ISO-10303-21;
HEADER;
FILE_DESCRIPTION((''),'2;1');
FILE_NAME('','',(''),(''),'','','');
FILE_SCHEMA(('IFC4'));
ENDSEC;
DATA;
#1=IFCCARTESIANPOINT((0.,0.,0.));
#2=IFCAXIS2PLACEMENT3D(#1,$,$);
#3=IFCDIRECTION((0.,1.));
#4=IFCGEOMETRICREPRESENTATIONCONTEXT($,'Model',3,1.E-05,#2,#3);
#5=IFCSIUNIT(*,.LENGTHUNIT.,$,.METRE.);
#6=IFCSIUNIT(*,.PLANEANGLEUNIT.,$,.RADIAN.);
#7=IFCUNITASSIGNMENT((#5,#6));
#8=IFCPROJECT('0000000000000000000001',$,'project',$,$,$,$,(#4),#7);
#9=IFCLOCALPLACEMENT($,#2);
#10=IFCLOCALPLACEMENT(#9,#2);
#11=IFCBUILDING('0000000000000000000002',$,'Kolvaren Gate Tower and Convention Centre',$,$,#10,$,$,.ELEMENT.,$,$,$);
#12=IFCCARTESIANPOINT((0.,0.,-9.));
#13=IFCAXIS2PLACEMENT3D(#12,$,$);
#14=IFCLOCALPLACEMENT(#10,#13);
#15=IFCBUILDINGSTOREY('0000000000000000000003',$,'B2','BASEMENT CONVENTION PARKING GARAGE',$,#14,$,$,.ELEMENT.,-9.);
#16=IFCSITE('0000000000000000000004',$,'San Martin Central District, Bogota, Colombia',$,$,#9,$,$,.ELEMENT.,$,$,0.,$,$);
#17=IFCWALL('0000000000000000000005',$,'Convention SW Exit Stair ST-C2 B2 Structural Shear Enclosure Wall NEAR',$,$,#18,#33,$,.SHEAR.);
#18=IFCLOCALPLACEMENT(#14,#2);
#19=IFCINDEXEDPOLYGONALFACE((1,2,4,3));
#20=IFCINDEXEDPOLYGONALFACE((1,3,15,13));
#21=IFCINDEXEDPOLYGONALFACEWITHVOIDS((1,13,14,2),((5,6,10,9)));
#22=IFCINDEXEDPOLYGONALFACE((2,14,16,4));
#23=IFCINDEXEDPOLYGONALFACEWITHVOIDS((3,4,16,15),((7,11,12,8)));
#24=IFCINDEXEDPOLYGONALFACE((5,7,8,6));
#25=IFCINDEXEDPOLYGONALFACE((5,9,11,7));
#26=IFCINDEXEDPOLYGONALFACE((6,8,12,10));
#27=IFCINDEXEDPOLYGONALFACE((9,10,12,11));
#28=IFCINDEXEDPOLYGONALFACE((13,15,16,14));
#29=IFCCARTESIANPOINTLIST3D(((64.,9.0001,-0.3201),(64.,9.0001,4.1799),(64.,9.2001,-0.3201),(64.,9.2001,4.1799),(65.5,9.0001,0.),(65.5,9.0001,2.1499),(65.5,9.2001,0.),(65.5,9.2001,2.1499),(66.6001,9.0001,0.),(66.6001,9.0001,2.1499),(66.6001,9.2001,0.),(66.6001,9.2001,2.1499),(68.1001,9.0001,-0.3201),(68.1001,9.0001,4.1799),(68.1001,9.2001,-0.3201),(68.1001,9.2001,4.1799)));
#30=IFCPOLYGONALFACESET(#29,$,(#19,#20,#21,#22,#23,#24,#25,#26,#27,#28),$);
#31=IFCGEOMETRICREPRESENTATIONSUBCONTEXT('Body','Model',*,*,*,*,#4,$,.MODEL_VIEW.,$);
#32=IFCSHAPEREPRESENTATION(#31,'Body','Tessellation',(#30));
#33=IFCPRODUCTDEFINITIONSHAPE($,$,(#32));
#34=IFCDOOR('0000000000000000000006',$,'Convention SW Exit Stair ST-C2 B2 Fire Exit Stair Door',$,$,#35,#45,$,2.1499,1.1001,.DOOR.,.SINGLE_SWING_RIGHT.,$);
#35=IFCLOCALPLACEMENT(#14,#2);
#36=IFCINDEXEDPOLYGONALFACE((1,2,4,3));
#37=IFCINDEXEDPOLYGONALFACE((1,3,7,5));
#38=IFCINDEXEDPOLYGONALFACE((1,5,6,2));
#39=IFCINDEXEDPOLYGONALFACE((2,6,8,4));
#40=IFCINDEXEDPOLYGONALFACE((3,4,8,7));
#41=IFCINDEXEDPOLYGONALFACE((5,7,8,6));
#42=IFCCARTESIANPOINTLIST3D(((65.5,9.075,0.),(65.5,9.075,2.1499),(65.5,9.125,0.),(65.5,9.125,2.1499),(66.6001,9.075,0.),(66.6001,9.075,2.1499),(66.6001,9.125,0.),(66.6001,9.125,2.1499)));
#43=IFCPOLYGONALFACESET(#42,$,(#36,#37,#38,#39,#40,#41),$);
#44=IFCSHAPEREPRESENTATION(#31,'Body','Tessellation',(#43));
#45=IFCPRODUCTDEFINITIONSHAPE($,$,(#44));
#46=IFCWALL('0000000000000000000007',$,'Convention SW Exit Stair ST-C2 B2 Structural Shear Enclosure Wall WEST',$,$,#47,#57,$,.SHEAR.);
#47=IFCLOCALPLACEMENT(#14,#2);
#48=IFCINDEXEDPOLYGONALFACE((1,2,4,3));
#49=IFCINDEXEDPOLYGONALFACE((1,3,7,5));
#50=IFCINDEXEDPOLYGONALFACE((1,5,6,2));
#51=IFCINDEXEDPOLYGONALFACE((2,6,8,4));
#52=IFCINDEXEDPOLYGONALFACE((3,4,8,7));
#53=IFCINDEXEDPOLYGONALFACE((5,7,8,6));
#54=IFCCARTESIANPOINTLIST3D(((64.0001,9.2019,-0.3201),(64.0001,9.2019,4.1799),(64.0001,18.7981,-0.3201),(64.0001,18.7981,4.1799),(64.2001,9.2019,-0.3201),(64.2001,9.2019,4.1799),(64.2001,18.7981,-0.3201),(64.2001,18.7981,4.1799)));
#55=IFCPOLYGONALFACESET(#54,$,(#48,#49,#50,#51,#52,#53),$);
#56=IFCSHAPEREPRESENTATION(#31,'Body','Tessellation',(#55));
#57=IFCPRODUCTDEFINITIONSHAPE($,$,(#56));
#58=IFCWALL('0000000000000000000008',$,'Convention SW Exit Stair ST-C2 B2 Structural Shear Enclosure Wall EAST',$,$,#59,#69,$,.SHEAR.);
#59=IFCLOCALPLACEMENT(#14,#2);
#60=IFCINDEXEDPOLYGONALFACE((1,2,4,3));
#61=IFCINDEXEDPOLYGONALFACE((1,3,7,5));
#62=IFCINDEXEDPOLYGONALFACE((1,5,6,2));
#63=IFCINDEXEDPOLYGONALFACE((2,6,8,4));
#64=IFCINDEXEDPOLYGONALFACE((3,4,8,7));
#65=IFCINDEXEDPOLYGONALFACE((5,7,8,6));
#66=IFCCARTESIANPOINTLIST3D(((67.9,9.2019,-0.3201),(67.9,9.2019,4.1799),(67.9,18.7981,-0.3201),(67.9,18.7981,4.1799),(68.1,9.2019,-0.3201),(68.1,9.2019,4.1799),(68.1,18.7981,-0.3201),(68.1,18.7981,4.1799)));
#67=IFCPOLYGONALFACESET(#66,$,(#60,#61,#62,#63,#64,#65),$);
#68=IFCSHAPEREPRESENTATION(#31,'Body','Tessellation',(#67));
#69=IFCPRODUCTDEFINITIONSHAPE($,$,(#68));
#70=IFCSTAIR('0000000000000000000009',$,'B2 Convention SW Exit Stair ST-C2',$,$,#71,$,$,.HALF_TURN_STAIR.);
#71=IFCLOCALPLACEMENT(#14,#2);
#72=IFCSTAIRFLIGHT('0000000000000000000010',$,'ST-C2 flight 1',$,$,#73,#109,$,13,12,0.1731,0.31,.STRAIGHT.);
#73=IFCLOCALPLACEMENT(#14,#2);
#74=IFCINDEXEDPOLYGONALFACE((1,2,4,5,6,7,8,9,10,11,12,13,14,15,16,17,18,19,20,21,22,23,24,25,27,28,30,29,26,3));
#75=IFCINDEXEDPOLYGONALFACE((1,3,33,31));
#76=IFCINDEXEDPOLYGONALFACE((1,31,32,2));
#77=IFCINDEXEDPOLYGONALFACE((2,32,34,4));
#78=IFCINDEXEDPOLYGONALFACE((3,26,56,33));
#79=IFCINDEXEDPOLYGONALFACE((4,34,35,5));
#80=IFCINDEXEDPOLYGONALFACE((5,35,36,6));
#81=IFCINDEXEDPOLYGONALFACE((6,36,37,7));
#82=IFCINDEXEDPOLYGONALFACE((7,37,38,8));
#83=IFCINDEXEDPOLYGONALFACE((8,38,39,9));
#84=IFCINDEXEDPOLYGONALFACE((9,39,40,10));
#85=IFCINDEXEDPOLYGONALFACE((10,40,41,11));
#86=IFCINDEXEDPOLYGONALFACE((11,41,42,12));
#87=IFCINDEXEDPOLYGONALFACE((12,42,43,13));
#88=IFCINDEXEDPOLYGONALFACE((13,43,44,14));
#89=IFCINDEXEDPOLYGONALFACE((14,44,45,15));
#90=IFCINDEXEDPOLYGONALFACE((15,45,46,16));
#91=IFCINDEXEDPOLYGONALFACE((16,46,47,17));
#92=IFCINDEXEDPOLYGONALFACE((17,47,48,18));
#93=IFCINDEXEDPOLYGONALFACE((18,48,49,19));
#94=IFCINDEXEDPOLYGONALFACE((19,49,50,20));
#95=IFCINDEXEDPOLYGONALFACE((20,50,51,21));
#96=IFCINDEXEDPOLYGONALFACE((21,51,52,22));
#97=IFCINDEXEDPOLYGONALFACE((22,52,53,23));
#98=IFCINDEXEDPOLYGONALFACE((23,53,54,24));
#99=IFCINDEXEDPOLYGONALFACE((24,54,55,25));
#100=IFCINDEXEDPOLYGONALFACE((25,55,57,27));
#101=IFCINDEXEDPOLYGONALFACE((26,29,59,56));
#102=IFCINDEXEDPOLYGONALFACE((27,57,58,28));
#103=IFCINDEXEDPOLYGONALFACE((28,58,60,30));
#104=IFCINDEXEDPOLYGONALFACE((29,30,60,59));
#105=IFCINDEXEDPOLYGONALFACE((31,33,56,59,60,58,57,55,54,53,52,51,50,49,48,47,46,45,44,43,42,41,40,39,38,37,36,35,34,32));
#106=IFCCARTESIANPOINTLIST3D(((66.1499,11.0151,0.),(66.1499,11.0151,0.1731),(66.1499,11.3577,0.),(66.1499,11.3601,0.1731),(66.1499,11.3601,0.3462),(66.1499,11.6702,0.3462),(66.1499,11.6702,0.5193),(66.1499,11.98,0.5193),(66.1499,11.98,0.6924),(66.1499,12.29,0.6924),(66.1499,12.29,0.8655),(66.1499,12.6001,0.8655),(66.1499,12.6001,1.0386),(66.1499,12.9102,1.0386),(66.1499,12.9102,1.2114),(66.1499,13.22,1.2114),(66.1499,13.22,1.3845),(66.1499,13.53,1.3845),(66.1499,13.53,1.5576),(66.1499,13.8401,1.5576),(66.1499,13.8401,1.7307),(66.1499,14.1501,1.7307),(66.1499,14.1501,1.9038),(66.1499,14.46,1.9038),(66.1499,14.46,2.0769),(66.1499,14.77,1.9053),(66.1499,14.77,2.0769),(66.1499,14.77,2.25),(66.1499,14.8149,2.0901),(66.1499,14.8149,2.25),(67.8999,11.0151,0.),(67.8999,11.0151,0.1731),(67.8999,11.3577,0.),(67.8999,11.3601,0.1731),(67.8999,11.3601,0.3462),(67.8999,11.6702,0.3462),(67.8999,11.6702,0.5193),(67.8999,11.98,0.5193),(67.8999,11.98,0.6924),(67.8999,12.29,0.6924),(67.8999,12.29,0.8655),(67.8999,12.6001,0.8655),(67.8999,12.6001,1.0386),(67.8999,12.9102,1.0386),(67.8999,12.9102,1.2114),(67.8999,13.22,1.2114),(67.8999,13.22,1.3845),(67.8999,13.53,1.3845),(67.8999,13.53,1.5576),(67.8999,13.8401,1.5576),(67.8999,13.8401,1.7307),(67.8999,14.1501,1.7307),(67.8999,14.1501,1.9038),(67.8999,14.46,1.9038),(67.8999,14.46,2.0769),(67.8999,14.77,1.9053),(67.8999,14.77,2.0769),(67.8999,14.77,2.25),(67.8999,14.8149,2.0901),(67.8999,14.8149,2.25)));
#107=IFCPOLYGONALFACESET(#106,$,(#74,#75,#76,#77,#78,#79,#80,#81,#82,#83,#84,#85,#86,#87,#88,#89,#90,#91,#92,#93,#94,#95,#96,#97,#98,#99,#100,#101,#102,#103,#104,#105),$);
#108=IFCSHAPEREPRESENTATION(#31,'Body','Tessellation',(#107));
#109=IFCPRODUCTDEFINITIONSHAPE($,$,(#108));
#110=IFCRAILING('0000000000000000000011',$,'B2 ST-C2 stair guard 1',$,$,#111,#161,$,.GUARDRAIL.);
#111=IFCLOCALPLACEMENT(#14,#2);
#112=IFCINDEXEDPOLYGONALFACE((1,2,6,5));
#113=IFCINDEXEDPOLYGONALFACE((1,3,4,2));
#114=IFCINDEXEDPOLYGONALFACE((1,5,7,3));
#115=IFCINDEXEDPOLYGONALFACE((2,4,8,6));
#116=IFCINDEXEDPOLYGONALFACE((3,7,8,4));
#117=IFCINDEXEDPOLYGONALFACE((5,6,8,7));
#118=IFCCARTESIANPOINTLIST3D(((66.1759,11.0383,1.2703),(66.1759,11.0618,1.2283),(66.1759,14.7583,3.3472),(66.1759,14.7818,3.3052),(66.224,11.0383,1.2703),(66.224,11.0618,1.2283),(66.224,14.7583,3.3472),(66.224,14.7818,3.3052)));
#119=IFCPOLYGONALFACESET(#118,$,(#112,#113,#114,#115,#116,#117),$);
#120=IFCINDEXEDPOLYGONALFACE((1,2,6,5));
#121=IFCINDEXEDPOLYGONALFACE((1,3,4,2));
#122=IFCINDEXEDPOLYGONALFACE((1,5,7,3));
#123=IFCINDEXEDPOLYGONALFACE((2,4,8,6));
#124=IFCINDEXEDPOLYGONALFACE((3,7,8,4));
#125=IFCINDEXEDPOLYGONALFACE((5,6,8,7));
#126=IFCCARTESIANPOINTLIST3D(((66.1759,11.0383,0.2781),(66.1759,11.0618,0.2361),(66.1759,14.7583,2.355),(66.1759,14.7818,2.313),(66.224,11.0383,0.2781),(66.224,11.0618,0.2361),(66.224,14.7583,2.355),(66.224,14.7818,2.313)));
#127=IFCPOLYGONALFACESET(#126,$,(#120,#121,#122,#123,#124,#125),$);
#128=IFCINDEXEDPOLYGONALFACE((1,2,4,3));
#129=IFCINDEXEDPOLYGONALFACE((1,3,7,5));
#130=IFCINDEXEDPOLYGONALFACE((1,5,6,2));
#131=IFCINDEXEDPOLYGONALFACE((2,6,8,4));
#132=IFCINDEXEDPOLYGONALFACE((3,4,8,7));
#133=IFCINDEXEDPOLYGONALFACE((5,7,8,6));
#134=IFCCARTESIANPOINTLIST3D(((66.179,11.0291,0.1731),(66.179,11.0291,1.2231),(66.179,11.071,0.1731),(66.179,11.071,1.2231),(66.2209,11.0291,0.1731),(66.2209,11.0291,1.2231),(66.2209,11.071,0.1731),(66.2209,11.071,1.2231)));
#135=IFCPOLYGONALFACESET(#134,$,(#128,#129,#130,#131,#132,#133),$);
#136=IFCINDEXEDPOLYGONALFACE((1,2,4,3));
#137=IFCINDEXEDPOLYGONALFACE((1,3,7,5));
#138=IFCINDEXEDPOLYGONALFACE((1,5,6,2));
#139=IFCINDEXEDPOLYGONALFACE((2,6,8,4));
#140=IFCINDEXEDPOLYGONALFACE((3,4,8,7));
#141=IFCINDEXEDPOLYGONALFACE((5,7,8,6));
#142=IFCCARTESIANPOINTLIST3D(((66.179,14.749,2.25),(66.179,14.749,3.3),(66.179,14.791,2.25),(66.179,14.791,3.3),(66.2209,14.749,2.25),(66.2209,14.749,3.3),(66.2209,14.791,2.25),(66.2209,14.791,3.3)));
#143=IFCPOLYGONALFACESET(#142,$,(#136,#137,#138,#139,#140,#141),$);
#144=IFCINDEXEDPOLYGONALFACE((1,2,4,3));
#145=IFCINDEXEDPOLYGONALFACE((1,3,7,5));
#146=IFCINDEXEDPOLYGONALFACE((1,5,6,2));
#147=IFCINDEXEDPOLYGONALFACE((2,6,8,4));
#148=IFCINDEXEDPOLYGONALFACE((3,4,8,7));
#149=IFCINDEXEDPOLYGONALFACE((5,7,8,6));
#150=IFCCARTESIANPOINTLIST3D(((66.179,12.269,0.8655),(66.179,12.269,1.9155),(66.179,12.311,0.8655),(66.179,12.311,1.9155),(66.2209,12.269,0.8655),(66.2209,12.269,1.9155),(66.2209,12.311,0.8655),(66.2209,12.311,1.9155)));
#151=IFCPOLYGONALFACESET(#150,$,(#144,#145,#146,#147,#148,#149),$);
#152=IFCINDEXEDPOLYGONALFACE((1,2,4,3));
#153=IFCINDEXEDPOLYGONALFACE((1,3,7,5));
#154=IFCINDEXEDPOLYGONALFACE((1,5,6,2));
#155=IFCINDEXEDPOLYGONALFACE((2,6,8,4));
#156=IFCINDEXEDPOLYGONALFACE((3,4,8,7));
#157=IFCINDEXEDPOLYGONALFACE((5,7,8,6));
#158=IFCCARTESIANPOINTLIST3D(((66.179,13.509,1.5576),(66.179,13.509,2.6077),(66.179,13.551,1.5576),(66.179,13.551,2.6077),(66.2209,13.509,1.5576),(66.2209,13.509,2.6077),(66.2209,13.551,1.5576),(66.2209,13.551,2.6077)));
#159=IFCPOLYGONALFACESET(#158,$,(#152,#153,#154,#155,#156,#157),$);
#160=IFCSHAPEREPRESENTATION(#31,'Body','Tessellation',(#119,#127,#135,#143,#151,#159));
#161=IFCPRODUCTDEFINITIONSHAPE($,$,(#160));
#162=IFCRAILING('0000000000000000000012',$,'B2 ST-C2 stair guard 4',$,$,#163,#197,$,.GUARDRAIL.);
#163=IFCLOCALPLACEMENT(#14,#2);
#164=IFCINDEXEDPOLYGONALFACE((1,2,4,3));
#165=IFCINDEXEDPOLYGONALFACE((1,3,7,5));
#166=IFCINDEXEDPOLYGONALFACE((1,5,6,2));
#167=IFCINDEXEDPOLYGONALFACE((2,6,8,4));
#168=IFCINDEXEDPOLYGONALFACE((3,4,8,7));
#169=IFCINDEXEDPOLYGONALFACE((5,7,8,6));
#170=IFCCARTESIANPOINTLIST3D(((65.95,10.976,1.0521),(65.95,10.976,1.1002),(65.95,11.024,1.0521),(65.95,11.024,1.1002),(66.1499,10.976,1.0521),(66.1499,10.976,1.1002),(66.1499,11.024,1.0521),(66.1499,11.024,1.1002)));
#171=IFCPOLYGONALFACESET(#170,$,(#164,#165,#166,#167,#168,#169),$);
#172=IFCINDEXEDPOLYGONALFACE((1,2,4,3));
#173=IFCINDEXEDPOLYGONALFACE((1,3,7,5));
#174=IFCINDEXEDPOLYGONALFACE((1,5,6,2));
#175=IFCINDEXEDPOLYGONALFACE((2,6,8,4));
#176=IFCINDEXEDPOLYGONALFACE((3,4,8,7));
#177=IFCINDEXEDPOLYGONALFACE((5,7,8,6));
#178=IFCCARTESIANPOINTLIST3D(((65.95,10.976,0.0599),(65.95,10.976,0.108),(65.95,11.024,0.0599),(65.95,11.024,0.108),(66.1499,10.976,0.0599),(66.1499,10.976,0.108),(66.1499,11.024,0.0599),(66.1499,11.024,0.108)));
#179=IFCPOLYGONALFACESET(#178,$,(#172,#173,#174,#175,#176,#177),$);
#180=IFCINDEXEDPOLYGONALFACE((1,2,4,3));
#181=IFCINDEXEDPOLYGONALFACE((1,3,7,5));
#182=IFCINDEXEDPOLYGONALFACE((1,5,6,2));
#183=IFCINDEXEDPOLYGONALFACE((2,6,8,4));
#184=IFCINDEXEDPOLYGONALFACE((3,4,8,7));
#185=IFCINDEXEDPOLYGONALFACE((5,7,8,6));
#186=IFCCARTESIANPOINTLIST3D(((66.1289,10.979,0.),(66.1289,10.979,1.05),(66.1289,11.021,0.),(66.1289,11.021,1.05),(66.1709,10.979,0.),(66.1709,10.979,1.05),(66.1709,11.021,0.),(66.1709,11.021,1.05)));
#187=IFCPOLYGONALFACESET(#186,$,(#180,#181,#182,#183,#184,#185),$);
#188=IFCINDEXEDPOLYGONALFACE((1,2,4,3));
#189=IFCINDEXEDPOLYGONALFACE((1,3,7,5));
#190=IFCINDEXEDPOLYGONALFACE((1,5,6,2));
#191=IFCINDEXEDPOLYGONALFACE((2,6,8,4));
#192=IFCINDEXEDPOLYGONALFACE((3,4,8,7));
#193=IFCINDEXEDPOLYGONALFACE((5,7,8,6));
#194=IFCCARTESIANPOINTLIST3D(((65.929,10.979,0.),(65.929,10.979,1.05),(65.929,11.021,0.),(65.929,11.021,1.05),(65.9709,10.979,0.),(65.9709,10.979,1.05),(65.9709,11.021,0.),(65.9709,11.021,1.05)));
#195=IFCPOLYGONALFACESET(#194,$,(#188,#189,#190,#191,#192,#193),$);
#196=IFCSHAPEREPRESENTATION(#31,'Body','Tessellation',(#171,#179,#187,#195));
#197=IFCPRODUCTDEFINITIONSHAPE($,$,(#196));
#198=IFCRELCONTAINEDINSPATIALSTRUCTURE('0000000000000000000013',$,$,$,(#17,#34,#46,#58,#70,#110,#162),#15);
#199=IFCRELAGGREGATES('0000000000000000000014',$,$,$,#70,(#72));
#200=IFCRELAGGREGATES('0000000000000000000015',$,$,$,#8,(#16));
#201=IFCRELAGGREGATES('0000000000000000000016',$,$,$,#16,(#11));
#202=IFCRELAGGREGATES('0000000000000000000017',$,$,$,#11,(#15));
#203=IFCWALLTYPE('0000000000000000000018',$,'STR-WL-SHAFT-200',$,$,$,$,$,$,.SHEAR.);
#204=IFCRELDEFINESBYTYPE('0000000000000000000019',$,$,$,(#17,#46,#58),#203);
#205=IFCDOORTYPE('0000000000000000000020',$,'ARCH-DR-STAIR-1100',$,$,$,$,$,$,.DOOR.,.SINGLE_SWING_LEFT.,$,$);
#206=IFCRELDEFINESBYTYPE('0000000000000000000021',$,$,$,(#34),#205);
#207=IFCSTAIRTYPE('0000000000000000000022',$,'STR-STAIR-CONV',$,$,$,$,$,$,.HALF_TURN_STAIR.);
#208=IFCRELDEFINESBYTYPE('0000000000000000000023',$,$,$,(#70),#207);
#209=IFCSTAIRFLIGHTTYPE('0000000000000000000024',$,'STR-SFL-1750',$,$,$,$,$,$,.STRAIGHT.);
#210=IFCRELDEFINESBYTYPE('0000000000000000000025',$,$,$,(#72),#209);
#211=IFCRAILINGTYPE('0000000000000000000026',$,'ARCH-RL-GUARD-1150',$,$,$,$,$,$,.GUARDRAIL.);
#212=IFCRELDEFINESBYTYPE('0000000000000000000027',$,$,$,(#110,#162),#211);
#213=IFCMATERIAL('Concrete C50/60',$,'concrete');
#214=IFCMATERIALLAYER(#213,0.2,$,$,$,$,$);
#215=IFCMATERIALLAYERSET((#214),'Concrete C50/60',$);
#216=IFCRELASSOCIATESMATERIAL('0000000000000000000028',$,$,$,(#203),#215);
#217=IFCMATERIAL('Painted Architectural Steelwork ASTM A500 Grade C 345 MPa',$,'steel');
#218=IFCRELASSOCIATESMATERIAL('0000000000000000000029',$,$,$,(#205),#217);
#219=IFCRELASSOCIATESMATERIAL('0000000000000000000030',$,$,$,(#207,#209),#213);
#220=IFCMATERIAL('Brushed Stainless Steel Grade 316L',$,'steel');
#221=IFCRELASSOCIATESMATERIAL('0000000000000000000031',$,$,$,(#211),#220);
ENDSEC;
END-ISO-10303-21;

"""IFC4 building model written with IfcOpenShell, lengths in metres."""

from ifc_helpers import new_model, si_unit, direction, frame, frame_2d, origin, origin_2d, place, context, subcontext, project, spatial, polyline, rectangle, outline, extrude, material, layer, layer_set, type_object, element, fill, aggregate, save


model = new_model("IFC4")

# Units and contexts
model_context = context("Model", 3, precision=1e-05, world=origin(), true_north=direction((0.0, 1.0)))
body_context = subcontext(model_context, "Body", "Model", "MODEL_VIEW")
ifc_project = project(units=[si_unit("LENGTHUNIT", "METRE"), si_unit("PLANEANGLEUNIT", "RADIAN")], contexts=[model_context])

# Site, building, storey
site_placement = place(None, origin())
site = spatial("IfcSite", under=ifc_project, at=site_placement, Name="San Martin Central District, Bogota, Colombia", CompositionType="ELEMENT", RefElevation=0.0)
building_placement = place(site_placement, origin())
building = spatial("IfcBuilding", under=site, at=building_placement, Name="Kolvaren Gate Tower and Convention Centre", CompositionType="ELEMENT")
storey_placement = place(building_placement, frame((0.0, 0.0, -9.0)))
storey = spatial("IfcBuildingStorey", under=building, at=storey_placement, Name="B2", Description="BASEMENT CONVENTION PARKING GARAGE", CompositionType="ELEMENT", Elevation=-9.0)

# Shared definitions
ifc_material_1 = material(Name="Concrete C50/60", Category="concrete")

# Wall, opening, door
ifc_layer_1 = layer(ifc_material_1, 0.2)
ifc_layer_set_1 = layer_set([ifc_layer_1], Name="Concrete C50/60")
wall_type_1 = type_object("IfcWallType", Name="STR-WL-SHAFT-200", PredefinedType="SHEAR", material=ifc_layer_set_1)
wall_1_placement = place(storey_placement, frame((64.0, 9.1001, -0.3201), z_axis=(0.0, 0.0, 1.0), x_axis=(1.0, 0.0, 0.0)))
wall_1 = element("IfcWall", 1, at=wall_1_placement, inside=storey, type_object=wall_type_1, Name="Convention SW Exit Stair ST-C2 B2 Structural Shear Enclosure Wall NEAR", PredefinedType="SHEAR", context=body_context, shape_type="SweptSolid", body=[
    extrude(rectangle(XDim=4.1001, YDim=0.2, at=frame_2d((2.05, 0.0))), origin(), (0.0, 0.0, 1.0), 4.5),
])
opening_placement = place(wall_1_placement, frame((1.5, 0.0, 0.3201)))
opening = element("IfcOpeningElement", 2, at=opening_placement, cuts=wall_1, PredefinedType="OPENING", context=body_context, shape_type="SweptSolid", body=[
    extrude(rectangle(XDim=1.1001, YDim=2.1499, at=frame_2d((0.55, 1.075))), frame((0.0, 0.1099, 0.0), z_axis=(0.0, -1.0, 0.0), x_axis=(1.0, 0.0, 0.0)), (0.0, 0.0, 1.0), 0.22),
])
ifc_material_2 = material(Name="Painted Architectural Steelwork ASTM A500 Grade C 345 MPa", Category="steel")
door_type = type_object("IfcDoorType", Name="ARCH-DR-STAIR-1100", OperationType="SINGLE_SWING_LEFT", PredefinedType="DOOR", material=ifc_material_2)
door_placement = place(opening_placement, origin())
door = element("IfcDoor", 3, at=door_placement, inside=storey, type_object=door_type, Name="Convention SW Exit Stair ST-C2 B2 Fire Exit Stair Door", OperationType="SINGLE_SWING_RIGHT", OverallHeight=2.1499, OverallWidth=1.1001, PredefinedType="DOOR", context=body_context, shape_type="SweptSolid", body=[
    extrude(rectangle(XDim=1.1001, YDim=2.1499, at=frame_2d((0.55, 1.075))), frame((0.0, 0.0249, 0.0), z_axis=(0.0, -1.0, 0.0), x_axis=(1.0, 0.0, 0.0)), (0.0, 0.0, 1.0), 0.05),
])
fill(opening, door)

# Walls
for number, where, z_axis, x_axis, name in (
    (4, (64.1001, 9.2019, -0.3201), (0.0, 0.0, 1.0), (0.0, 1.0, 0.0), "Convention SW Exit Stair ST-C2 B2 Structural Shear Enclosure Wall WEST"),
    (5, (68.0, 9.2019, -0.3201), (0.0, 0.0, 1.0), (0.0, 1.0, 0.0), "Convention SW Exit Stair ST-C2 B2 Structural Shear Enclosure Wall EAST"),
):
    element("IfcWall", number, at=place(storey_placement, frame(where, z_axis=z_axis, x_axis=x_axis)), inside=storey, type_object=wall_type_1, Name=name, PredefinedType="SHEAR", context=body_context, shape_type="SweptSolid", body=[
        extrude(rectangle(XDim=9.5962, YDim=0.2, at=frame_2d((4.7981, 0.0))), origin(), (0.0, 0.0, 1.0), 4.5),
    ])

# Stair, stair flight
stair_type = type_object("IfcStairType", Name="STR-STAIR-CONV", PredefinedType="HALF_TURN_STAIR", material=ifc_material_1)
stair_placement = place(storey_placement, origin())
stair = element("IfcStair", 6, at=stair_placement, inside=storey, type_object=stair_type, Name="B2 Convention SW Exit Stair ST-C2", PredefinedType="HALF_TURN_STAIR")
stair_flight_type = type_object("IfcStairFlightType", Name="STR-SFL-1750", PredefinedType="STRAIGHT", material=ifc_material_1)
stair_flight_placement = place(storey_placement, frame((67.0249, 11.05, 0.0), z_axis=(0.0, 0.0, 1.0), x_axis=(0.0, 1.0, 0.0)))
stair_flight = element("IfcStairFlight", 7, at=stair_flight_placement, type_object=stair_flight_type, Name="ST-C2 flight 1", NumberOfRisers=13, NumberOfTreads=12, PredefinedType="STRAIGHT", RiserHeight=0.1731, TreadLength=0.31, context=body_context, shape_type="SweptSolid", body=[
    extrude(outline(polyline([(-0.0349, 0.0), (-0.0349, 0.1731), (0.3101, 0.1731), (0.3101, 0.3462), (0.6201, 0.3462), (0.6201, 0.5193), (0.9299, 0.5193), (0.9299, 0.6924), (1.24, 0.6924), (1.24, 0.8655), (1.55, 0.8655), (1.55, 1.0386), (1.8601, 1.0386), (1.8601, 1.2114), (2.1699, 1.2114), (2.1699, 1.3845), (2.48, 1.3845), (2.48, 1.5576), (2.79, 1.5576), (2.79, 1.7307), (3.1001, 1.7307), (3.1001, 1.9038), (3.4099, 1.9038), (3.4099, 2.0769), (3.72, 2.0769), (3.72, 2.25), (3.7649, 2.25), (3.7649, 2.0901), (3.72, 1.9053), (0.3076, 0.0), (-0.0349, 0.0)])), frame((0.0, 0.875, 0.0), z_axis=(0.0, -1.0, 0.0), x_axis=(1.0, 0.0, 0.0)), (0.0, 0.0, 1.0), 1.75),
])
aggregate(stair, [stair_flight])

# Railings
ifc_material_3 = material(Name="Brushed Stainless Steel Grade 316L", Category="steel")
railing_type_1 = type_object("IfcRailingType", Name="ARCH-RL-GUARD-1150", PredefinedType="GUARDRAIL", material=ifc_material_3)
railing_1_placement = place(storey_placement, frame((66.2, 11.05, 0.1731)))
element("IfcRailing", 8, at=railing_1_placement, inside=storey, type_object=railing_type_1, Name="B2 ST-C2 stair guard 1", PredefinedType="GUARDRAIL", context=body_context, shape_type="SweptSolid", body=[
    extrude(rectangle(XDim=0.0481, YDim=0.0481, at=origin_2d()), frame((0.0, 0.0, 1.0762), z_axis=(0.0, 0.873134, 0.487481), x_axis=(-1.0, 0.0, 0.0)), (0.0, 0.0, 1.0), 4.2605),
    extrude(rectangle(XDim=0.0481, YDim=0.0481, at=origin_2d()), frame((0.0, 0.0, 0.084), z_axis=(0.0, 0.873134, 0.487481), x_axis=(-1.0, 0.0, 0.0)), (0.0, 0.0, 1.0), 4.2605),
    extrude(rectangle(XDim=0.042, YDim=0.042, at=origin_2d()), origin(), (0.0, 0.0, 1.0), 1.05),
    extrude(rectangle(XDim=0.042, YDim=0.042, at=origin_2d()), frame((0.0, 3.72, 2.0769)), (0.0, 0.0, 1.0), 1.05),
    extrude(rectangle(XDim=0.042, YDim=0.042, at=origin_2d()), frame((0.0, 1.24, 0.6924)), (0.0, 0.0, 1.0), 1.05),
    extrude(rectangle(XDim=0.042, YDim=0.042, at=origin_2d()), frame((0.0, 2.48, 1.3845)), (0.0, 0.0, 1.0), 1.05),
])
railing_2_placement = place(storey_placement, frame((66.1499, 11.0, 0.0)))
element("IfcRailing", 9, at=railing_2_placement, inside=storey, type_object=railing_type_1, Name="B2 ST-C2 stair guard 4", PredefinedType="GUARDRAIL", context=body_context, shape_type="SweptSolid", body=[
    extrude(rectangle(XDim=0.0481, YDim=0.0481, at=origin_2d()), frame((0.0, 0.0, 1.0762), z_axis=(-1.0, 0.0, 0.0), x_axis=(0.0, -1.0, 0.0)), (0.0, 0.0, 1.0), 0.2),
    extrude(rectangle(XDim=0.0481, YDim=0.0481, at=origin_2d()), frame((0.0, 0.0, 0.084), z_axis=(-1.0, 0.0, 0.0), x_axis=(0.0, -1.0, 0.0)), (0.0, 0.0, 1.0), 0.2),
    extrude(rectangle(XDim=0.042, YDim=0.042, at=origin_2d()), origin(), (0.0, 0.0, 1.0), 1.05),
    extrude(rectangle(XDim=0.042, YDim=0.042, at=origin_2d()), frame((-0.2, 0.0, 0.0)), (0.0, 0.0, 1.0), 1.05),
])

save(model, "model.ifc")
